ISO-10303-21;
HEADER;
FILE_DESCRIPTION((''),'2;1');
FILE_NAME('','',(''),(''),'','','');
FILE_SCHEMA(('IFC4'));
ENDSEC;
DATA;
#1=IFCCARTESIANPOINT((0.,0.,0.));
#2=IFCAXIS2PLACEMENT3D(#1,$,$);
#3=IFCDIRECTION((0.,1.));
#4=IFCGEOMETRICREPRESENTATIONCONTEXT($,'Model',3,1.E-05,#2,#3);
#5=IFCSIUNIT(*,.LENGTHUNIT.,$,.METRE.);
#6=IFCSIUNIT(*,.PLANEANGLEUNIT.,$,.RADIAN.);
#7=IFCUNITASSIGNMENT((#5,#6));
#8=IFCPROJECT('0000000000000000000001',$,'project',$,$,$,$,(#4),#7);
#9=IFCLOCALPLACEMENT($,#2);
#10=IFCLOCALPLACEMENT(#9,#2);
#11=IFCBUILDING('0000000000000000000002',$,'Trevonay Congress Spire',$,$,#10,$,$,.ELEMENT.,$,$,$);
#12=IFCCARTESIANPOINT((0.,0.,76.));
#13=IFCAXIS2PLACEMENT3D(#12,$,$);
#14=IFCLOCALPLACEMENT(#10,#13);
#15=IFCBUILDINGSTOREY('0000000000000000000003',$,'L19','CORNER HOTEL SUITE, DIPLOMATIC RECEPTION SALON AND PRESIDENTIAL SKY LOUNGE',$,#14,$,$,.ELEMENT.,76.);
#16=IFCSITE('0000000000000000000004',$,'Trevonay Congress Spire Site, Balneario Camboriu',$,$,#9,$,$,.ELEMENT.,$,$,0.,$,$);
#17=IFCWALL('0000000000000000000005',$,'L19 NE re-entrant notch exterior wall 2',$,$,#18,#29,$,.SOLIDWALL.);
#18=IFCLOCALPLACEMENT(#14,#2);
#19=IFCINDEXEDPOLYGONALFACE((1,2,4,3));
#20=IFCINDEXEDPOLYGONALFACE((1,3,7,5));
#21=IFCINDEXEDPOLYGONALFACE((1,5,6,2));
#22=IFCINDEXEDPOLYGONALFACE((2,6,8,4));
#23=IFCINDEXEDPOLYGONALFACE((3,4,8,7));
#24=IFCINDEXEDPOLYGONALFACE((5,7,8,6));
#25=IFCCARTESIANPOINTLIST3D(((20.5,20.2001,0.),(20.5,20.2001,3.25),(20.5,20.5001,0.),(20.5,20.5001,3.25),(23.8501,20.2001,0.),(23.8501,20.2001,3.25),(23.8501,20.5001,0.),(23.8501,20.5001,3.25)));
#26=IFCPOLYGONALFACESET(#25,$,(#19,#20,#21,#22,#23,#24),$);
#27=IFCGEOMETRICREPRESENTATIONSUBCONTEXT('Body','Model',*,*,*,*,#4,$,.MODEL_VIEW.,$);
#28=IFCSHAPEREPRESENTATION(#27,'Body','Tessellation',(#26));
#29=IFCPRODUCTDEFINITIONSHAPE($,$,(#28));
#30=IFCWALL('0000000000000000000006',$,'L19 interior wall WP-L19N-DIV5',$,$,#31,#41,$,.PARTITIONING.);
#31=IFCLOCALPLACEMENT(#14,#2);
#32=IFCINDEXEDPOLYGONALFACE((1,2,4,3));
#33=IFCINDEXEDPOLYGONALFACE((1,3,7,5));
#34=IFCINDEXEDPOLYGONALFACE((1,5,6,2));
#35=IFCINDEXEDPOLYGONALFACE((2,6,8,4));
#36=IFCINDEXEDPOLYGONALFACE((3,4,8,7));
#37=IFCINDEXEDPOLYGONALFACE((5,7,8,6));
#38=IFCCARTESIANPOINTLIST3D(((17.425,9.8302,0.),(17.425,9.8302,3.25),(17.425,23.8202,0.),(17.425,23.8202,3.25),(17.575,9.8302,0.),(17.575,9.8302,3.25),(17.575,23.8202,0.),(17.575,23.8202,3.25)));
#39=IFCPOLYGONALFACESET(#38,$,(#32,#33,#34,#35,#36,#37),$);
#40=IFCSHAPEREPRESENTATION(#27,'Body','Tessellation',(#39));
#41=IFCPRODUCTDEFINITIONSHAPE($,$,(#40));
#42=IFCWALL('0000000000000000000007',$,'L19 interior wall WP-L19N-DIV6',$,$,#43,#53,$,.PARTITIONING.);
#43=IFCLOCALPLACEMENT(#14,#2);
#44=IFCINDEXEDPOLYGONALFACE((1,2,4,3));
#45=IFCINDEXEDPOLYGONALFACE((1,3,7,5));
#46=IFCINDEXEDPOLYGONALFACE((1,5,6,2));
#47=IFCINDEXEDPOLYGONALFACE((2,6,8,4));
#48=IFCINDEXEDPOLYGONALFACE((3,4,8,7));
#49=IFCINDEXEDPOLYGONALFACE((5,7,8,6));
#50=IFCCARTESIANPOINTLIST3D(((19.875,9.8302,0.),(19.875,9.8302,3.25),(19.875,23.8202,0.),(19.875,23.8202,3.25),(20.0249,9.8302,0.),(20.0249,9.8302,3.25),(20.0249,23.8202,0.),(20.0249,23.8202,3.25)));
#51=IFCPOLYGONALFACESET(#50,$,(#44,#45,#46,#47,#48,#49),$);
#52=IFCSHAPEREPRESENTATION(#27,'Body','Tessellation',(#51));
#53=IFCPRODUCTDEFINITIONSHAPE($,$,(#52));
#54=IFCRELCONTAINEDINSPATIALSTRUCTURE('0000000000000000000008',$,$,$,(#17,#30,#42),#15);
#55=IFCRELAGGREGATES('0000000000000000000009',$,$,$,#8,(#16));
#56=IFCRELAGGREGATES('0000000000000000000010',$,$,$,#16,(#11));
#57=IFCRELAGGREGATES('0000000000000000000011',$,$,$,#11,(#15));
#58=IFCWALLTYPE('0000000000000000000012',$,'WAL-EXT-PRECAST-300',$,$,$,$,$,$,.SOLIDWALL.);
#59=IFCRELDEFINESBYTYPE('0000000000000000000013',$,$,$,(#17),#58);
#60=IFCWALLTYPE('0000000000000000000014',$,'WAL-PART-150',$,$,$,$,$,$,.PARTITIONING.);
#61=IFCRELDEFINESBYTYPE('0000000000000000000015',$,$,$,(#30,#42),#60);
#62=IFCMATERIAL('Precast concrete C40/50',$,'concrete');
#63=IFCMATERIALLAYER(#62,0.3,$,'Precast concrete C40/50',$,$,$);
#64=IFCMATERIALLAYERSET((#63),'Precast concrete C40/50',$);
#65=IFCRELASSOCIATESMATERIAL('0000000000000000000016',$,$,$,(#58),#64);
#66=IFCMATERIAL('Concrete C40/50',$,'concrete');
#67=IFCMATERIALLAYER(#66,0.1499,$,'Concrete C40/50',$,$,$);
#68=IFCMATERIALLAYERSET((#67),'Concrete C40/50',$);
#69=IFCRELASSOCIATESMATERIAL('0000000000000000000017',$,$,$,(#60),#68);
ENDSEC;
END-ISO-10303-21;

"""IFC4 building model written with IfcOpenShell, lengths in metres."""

from ifc_helpers import new_model, si_unit, direction, frame, frame_2d, origin, place, context, subcontext, project, spatial, rectangle, extrude, material, layer, layer_set, type_object, element, save


model = new_model("IFC4")

# Units and contexts
model_context = context("Model", 3, precision=1e-05, world=origin(), true_north=direction((0.0, 1.0)))
body_context = subcontext(model_context, "Body", "Model", "MODEL_VIEW")
ifc_project = project(units=[si_unit("LENGTHUNIT", "METRE"), si_unit("PLANEANGLEUNIT", "RADIAN")], contexts=[model_context])

# Site, building, storey
site_placement = place(None, origin())
site = spatial("IfcSite", under=ifc_project, at=site_placement, Name="Trevonay Congress Spire Site, Balneario Camboriu", CompositionType="ELEMENT", RefElevation=0.0)
building_placement = place(site_placement, origin())
building = spatial("IfcBuilding", under=site, at=building_placement, Name="Trevonay Congress Spire", CompositionType="ELEMENT")
storey_placement = place(building_placement, frame((0.0, 0.0, 76.0)))
storey = spatial("IfcBuildingStorey", under=building, at=storey_placement, Name="L19", Description="CORNER HOTEL SUITE, DIPLOMATIC RECEPTION SALON AND PRESIDENTIAL SKY LOUNGE", CompositionType="ELEMENT", Elevation=76.0)

# Shared definitions
ifc_material_1 = material(Name="Precast concrete C40/50", Category="concrete")
ifc_layer_1 = layer(ifc_material_1, 0.3, Name="Precast concrete C40/50")
ifc_layer_set_1 = layer_set([ifc_layer_1], Name="Precast concrete C40/50")
wall_type_1 = type_object("IfcWallType", Name="WAL-EXT-PRECAST-300", PredefinedType="SOLIDWALL", material=ifc_layer_set_1)

# Walls
wall_1_placement = place(storey_placement, frame((23.8501, 20.3501, 0.0), z_axis=(0.0, 0.0, 1.0), x_axis=(-1.0, 0.0, 0.0)))
element("IfcWall", 1, at=wall_1_placement, inside=storey, type_object=wall_type_1, Name="L19 NE re-entrant notch exterior wall 2", PredefinedType="SOLIDWALL", context=body_context, shape_type="SweptSolid", body=[
    extrude(rectangle(XDim=3.3501, YDim=0.3, at=frame_2d((1.675, 0.0))), origin(), (0.0, 0.0, 1.0), 3.25),
])
ifc_material_2 = material(Name="Concrete C40/50", Category="concrete")
ifc_layer_2 = layer(ifc_material_2, 0.1499, Name="Concrete C40/50")
ifc_layer_set_2 = layer_set([ifc_layer_2], Name="Concrete C40/50")
wall_type_2 = type_object("IfcWallType", Name="WAL-PART-150", PredefinedType="PARTITIONING", material=ifc_layer_set_2)
for number, where, z_axis, x_axis, name in (
    (2, (17.5, 9.8301, 0.0), (0.0, 0.0, 1.0), (0.0, 1.0, 0.0), "L19 interior wall WP-L19N-DIV5"),
    (3, (19.95, 9.8301, 0.0), (0.0, 0.0, 1.0), (0.0, 1.0, 0.0), "L19 interior wall WP-L19N-DIV6"),
):
    element("IfcWall", number, at=place(storey_placement, frame(where, z_axis=z_axis, x_axis=x_axis)), inside=storey, type_object=wall_type_2, Name=name, PredefinedType="PARTITIONING", context=body_context, shape_type="SweptSolid", body=[
        extrude(rectangle(XDim=13.99, YDim=0.1499, at=frame_2d((6.9951, 0.0))), origin(), (0.0, 0.0, 1.0), 3.25),
    ])

save(model, "model.ifc")
